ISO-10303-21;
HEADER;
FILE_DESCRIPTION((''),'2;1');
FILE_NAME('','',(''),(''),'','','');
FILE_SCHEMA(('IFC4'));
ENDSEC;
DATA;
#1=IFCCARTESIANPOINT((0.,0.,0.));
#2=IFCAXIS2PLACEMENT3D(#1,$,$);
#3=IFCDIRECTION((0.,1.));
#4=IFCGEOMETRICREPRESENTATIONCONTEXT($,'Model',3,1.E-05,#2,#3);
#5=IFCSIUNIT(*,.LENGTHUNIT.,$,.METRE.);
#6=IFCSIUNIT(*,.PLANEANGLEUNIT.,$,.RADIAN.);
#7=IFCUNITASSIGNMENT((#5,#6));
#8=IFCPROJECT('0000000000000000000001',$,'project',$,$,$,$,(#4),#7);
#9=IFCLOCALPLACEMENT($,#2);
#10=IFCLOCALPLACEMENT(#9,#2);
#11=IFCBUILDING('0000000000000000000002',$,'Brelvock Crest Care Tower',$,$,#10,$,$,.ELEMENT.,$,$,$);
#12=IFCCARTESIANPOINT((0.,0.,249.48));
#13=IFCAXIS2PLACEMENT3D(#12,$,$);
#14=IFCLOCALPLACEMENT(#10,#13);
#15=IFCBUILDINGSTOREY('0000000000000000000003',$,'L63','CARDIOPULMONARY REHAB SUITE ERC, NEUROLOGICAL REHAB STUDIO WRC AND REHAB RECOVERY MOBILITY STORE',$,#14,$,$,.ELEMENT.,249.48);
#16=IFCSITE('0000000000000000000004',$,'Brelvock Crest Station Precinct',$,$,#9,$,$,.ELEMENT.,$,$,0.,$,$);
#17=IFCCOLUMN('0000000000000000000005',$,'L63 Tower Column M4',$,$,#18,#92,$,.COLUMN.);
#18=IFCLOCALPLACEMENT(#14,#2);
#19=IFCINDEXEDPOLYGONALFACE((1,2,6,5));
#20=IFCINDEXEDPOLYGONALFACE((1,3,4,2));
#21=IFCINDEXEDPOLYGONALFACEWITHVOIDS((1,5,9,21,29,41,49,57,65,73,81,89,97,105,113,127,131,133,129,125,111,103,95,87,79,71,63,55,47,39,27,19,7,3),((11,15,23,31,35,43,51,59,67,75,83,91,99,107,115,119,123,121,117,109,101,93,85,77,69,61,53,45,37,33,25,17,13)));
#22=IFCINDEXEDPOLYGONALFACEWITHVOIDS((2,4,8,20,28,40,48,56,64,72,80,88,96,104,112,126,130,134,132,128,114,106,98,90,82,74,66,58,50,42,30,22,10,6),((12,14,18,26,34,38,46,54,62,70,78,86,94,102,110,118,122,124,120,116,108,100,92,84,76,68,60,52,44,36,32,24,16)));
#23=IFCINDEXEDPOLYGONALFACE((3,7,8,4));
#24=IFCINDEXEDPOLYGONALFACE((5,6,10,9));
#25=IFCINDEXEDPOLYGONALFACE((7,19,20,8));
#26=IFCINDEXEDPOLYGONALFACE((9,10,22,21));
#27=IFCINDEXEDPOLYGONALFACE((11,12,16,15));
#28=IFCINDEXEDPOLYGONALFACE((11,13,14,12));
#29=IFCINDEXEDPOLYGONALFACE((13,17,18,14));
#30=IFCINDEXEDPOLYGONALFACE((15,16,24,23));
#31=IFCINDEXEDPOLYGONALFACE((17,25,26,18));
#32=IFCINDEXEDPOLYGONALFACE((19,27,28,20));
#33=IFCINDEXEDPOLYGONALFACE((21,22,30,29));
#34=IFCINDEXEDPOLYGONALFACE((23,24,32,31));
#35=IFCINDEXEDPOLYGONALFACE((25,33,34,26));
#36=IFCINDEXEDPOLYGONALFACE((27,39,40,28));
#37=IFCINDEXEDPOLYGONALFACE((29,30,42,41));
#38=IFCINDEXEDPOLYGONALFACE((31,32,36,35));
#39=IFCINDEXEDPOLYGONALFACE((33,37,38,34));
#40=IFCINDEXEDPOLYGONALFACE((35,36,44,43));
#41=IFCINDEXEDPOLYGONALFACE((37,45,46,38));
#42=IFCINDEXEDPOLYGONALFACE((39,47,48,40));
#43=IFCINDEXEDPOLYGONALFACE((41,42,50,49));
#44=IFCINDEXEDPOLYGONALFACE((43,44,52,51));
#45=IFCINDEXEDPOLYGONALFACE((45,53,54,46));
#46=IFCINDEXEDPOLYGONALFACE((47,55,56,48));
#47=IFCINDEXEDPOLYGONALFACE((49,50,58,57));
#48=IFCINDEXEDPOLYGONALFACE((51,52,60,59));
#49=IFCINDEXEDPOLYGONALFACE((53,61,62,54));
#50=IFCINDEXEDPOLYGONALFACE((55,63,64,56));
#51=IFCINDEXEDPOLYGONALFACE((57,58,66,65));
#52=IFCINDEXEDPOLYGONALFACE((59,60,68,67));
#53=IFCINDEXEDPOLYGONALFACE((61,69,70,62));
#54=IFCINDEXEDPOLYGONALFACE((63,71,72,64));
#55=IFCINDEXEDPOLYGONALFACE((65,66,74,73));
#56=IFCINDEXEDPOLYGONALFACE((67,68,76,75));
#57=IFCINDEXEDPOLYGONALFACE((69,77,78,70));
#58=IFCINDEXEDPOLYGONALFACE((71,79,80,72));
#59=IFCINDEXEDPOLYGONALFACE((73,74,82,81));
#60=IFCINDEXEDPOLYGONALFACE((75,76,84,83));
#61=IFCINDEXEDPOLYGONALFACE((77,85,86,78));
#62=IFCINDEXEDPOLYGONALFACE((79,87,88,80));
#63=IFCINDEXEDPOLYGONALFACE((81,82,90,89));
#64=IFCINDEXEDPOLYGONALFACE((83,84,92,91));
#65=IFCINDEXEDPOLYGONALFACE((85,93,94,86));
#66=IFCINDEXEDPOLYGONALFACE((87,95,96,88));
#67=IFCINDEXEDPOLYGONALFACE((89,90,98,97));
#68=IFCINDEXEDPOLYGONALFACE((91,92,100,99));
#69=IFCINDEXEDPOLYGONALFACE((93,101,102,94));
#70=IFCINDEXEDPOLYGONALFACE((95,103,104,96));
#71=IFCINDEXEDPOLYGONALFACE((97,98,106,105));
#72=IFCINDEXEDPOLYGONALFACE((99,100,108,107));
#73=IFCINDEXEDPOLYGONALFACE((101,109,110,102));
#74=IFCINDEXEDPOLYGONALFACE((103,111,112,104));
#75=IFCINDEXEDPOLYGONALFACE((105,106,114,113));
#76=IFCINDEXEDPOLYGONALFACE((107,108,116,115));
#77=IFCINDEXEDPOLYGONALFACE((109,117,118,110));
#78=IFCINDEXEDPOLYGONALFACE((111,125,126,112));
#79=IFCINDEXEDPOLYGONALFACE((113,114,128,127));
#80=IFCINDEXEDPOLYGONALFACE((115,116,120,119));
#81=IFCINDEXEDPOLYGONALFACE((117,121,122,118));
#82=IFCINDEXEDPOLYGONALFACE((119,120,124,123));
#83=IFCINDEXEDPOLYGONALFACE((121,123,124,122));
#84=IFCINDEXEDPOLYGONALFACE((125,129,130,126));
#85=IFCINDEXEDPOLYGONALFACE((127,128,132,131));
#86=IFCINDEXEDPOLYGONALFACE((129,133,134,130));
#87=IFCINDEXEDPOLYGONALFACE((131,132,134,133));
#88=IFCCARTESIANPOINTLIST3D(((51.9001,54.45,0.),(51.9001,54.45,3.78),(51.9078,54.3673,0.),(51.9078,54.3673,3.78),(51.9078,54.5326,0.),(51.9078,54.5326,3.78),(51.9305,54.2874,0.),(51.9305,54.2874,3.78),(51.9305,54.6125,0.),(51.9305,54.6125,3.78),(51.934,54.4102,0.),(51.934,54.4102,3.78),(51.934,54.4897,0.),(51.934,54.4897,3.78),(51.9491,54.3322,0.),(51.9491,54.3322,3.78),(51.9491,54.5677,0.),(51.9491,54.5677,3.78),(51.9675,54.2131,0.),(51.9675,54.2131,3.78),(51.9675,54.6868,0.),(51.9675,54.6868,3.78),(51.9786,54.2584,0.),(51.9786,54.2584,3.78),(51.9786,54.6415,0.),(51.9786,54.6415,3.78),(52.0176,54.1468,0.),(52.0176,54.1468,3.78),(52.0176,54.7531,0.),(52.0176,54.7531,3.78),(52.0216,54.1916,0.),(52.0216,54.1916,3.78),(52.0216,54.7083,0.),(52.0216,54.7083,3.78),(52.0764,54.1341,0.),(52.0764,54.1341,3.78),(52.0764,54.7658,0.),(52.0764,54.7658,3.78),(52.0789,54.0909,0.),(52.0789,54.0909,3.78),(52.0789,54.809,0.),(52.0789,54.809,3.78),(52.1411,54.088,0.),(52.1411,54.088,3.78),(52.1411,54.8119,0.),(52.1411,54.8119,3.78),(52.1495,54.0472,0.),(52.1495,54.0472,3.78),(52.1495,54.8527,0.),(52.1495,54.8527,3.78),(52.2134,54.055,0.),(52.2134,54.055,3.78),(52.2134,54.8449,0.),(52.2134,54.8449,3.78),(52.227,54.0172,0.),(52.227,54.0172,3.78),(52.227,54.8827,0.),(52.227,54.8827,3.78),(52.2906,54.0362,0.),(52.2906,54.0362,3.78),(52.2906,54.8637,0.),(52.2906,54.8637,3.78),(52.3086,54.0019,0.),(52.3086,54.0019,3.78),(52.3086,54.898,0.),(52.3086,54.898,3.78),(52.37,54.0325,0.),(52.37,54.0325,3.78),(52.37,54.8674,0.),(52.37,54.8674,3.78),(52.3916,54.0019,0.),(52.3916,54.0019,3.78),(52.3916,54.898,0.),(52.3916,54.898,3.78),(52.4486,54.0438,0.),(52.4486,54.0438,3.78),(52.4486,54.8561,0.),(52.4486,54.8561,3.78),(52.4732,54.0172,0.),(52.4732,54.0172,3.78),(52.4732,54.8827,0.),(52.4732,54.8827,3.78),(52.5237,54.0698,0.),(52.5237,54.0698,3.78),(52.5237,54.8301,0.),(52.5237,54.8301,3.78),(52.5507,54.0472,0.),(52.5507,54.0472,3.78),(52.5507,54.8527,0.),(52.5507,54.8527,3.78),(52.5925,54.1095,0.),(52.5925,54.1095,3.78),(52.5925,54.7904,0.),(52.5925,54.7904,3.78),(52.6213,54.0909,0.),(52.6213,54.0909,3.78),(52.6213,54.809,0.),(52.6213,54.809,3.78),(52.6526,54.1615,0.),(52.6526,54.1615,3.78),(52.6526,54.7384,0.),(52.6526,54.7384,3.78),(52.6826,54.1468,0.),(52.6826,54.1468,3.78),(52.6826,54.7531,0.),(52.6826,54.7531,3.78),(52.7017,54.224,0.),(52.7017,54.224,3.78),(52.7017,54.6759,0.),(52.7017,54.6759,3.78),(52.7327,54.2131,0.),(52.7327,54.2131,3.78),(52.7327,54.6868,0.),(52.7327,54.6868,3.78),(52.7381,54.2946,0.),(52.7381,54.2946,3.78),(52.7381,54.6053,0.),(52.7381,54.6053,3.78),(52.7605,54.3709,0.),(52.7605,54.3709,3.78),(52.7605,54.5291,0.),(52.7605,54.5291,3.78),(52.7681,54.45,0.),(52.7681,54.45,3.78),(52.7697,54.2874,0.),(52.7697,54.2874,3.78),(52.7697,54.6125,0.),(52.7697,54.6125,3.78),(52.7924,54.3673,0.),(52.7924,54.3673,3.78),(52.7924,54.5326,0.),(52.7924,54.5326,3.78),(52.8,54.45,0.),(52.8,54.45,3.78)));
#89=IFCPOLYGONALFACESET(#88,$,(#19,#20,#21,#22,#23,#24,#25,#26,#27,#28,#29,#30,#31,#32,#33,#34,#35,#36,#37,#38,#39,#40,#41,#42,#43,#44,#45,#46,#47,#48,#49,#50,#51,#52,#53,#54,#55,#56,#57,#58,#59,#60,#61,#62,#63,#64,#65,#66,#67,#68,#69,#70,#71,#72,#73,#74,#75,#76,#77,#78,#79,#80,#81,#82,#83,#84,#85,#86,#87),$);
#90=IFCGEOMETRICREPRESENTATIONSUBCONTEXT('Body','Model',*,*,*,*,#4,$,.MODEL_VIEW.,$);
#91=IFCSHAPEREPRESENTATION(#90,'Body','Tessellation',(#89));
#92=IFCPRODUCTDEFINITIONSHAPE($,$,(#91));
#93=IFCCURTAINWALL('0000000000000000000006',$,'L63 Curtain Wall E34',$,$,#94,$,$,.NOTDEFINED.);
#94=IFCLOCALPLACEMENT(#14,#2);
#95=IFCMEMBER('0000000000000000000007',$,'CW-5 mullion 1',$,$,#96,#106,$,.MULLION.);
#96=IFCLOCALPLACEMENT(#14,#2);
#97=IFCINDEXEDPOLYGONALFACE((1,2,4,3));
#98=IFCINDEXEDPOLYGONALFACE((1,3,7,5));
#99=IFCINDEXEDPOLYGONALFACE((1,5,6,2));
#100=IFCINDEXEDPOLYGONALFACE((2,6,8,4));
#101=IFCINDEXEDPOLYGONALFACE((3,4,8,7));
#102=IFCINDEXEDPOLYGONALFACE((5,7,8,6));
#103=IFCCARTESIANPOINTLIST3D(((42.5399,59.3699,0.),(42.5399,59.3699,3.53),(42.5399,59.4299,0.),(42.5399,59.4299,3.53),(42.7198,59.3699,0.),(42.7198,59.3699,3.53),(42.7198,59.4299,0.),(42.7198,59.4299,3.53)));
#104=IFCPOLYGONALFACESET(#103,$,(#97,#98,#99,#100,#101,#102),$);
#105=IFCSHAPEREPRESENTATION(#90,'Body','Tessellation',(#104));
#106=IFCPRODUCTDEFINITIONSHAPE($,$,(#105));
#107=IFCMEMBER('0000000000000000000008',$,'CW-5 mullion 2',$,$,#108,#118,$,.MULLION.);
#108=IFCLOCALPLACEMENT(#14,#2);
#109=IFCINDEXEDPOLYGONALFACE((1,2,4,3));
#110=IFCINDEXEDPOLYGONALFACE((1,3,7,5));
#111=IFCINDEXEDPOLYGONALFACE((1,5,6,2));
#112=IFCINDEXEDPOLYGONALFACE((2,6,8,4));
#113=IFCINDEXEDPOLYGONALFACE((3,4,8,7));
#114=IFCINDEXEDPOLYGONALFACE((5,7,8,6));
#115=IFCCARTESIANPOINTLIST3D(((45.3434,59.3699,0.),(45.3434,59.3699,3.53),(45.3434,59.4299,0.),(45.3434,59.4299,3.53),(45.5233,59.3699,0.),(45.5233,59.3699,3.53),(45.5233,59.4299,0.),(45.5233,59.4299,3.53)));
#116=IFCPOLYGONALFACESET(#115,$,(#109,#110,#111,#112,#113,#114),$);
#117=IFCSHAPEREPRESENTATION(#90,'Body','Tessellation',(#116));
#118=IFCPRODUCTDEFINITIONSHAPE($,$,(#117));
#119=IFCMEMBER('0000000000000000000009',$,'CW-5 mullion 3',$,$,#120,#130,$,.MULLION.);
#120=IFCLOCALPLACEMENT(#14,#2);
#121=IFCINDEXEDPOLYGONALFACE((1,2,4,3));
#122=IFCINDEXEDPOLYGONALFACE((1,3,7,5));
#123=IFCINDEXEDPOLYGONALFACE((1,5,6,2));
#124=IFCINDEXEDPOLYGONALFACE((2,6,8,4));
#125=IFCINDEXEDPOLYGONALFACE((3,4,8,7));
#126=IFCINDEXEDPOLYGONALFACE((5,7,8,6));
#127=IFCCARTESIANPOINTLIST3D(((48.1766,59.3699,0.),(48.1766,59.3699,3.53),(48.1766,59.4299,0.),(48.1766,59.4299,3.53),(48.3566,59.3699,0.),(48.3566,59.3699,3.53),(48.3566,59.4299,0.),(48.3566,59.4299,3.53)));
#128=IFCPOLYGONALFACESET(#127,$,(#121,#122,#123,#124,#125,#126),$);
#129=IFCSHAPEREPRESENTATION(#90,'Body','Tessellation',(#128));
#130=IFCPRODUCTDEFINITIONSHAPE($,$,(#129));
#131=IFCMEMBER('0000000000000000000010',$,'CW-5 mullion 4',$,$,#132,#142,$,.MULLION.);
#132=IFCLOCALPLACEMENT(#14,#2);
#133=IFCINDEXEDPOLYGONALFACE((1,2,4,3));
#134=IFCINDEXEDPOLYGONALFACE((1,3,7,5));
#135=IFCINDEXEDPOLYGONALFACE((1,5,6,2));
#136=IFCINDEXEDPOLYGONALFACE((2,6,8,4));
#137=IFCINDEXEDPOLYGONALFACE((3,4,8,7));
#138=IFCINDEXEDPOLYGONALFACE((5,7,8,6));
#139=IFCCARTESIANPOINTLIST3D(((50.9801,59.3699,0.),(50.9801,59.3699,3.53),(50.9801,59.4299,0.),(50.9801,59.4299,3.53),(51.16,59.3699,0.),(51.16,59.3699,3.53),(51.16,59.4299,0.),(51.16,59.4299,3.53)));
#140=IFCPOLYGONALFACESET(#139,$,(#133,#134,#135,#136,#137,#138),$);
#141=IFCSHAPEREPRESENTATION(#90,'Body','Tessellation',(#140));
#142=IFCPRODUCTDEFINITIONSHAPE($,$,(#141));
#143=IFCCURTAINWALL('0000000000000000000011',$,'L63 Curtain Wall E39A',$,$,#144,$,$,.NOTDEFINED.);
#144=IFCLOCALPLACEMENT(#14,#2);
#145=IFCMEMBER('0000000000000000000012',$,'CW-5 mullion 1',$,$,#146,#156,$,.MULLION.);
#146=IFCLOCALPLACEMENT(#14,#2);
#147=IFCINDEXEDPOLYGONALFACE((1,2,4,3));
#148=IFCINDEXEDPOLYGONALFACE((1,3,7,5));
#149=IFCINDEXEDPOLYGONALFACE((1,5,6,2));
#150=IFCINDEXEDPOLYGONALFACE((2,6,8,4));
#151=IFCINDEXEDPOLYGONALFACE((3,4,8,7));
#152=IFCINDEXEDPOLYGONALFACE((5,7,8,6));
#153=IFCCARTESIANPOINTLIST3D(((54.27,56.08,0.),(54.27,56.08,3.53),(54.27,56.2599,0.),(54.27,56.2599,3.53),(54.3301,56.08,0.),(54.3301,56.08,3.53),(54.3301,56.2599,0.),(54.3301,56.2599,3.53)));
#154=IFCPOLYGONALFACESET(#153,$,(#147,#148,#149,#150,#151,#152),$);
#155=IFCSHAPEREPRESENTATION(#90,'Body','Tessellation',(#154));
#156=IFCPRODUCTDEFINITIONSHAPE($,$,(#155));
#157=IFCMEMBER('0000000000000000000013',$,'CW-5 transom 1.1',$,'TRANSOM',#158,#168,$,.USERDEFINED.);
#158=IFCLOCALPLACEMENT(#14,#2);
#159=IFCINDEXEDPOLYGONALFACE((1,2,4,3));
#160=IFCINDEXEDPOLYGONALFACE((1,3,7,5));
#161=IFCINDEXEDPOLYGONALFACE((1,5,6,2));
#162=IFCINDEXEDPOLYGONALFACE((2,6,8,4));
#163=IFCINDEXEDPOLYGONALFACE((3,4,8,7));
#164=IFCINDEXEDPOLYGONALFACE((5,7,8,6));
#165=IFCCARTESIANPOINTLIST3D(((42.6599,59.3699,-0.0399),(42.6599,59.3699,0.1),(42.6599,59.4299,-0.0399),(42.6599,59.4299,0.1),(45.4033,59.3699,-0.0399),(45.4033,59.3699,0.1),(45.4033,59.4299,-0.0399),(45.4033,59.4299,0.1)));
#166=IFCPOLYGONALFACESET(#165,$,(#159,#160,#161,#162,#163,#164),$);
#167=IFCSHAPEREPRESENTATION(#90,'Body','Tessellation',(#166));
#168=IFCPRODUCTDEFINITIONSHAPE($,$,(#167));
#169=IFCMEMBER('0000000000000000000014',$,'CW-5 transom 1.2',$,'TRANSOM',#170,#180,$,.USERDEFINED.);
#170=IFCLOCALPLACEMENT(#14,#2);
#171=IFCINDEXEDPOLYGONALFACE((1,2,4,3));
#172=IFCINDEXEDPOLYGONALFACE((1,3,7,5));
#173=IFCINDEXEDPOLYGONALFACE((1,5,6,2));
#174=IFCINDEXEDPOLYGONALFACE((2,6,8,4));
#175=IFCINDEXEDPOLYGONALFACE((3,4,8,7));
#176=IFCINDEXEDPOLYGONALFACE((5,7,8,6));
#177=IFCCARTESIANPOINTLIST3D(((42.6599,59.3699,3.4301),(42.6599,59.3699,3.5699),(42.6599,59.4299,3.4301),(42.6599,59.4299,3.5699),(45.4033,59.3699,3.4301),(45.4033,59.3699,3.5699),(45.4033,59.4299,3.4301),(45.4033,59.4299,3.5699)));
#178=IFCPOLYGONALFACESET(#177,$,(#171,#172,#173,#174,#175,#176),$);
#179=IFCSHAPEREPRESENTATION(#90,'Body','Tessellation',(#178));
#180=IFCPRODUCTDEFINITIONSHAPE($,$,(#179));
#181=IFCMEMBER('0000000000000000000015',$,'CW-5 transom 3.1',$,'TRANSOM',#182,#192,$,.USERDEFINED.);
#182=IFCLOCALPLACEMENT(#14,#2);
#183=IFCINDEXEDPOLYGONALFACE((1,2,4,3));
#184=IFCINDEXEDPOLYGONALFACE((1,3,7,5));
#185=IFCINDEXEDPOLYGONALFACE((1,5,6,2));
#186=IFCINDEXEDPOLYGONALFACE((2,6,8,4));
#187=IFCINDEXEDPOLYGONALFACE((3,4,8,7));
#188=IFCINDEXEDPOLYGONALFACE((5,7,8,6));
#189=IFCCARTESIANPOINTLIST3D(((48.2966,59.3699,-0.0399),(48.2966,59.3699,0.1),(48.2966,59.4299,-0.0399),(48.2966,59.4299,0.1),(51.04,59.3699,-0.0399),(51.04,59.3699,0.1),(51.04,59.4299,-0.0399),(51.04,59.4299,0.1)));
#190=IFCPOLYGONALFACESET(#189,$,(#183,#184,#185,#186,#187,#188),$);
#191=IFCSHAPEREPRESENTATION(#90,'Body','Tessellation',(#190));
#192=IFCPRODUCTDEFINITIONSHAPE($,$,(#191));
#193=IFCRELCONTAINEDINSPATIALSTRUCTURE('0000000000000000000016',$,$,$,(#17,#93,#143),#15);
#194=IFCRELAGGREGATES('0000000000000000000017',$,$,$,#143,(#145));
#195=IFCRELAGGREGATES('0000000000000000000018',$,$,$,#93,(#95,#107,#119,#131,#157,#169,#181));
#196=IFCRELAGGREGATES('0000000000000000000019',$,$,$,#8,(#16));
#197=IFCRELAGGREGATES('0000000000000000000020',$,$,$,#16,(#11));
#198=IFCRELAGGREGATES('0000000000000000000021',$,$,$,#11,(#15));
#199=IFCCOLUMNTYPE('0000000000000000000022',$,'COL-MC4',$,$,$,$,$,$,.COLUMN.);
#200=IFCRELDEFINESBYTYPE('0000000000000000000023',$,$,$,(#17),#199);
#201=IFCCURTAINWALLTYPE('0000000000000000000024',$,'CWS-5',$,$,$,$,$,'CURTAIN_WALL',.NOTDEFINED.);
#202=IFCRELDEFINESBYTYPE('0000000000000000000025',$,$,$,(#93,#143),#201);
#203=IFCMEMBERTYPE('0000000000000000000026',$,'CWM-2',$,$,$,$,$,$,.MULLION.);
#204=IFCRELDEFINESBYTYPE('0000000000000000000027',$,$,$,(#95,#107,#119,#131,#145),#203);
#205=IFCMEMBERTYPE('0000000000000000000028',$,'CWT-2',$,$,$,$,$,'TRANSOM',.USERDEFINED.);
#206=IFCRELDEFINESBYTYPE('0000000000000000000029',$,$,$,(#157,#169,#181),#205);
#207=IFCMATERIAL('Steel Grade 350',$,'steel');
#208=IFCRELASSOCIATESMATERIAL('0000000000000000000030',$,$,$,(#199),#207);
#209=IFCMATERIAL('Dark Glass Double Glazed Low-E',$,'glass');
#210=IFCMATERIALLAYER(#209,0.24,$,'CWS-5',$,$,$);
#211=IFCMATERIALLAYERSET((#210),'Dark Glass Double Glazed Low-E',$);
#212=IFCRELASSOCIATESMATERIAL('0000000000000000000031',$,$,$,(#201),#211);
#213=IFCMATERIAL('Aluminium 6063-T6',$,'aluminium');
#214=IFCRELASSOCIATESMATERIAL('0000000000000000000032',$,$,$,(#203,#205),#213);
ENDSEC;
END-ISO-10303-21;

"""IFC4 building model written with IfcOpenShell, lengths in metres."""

from ifc_helpers import new_model, si_unit, direction, frame, origin, origin_2d, place, context, subcontext, project, spatial, rectangle, hollow_circle, extrude, source, transform, mapped, material, layer, layer_set, material_profile, profile_set, type_object, element, aggregate, save


model = new_model("IFC4")

# Units and contexts
model_context = context("Model", 3, precision=1e-05, world=origin(), true_north=direction((0.0, 1.0)))
body_context = subcontext(model_context, "Body", "Model", "MODEL_VIEW")
ifc_project = project(units=[si_unit("LENGTHUNIT", "METRE"), si_unit("PLANEANGLEUNIT", "RADIAN")], contexts=[model_context])

# Site, building, storey
site_placement = place(None, origin())
site = spatial("IfcSite", under=ifc_project, at=site_placement, Name="Brelvock Crest Station Precinct", CompositionType="ELEMENT", RefElevation=0.0)
building_placement = place(site_placement, origin())
building = spatial("IfcBuilding", under=site, at=building_placement, Name="Brelvock Crest Care Tower", CompositionType="ELEMENT")
storey_placement = place(building_placement, frame((0.0, 0.0, 249.48)))
storey = spatial("IfcBuildingStorey", under=building, at=storey_placement, Name="L63", Description="CARDIOPULMONARY REHAB SUITE ERC, NEUROLOGICAL REHAB STUDIO WRC AND REHAB RECOVERY MOBILITY STORE", CompositionType="ELEMENT", Elevation=249.48)

# Column
ifc_material_1 = material(Name="Steel Grade 350", Category="steel")
ifc_material_profile_1 = material_profile(ifc_material_1, hollow_circle(Radius=0.45, WallThickness=0.032, at=origin_2d()), Name="CFT900x32")
ifc_profile_set_1 = profile_set([ifc_material_profile_1], Name="Steel Grade 350")
column_type = type_object("IfcColumnType", Name="COL-MC4", PredefinedType="COLUMN", material=ifc_profile_set_1)
shared_shape_1 = source(origin(), body_context, "Body", "SweptSolid", [
    extrude(hollow_circle(Radius=0.45, WallThickness=0.032, at=origin_2d()), origin(), (0.0, 0.0, 1.0), 3.78),
])
column_placement = place(storey_placement, frame((52.3501, 54.45, 0.0), z_axis=(0.0, 0.0, 1.0), x_axis=(1.0, 0.0, 0.0)))
element("IfcColumn", 1, at=column_placement, inside=storey, type_object=column_type, Name="L63 Tower Column M4", PredefinedType="COLUMN", context=body_context, shape_type="MappedRepresentation", body=[
    mapped(shared_shape_1, transform((0.0, 0.0, 0.0), x_axis=(1.0, 0.0, 0.0), y_axis=(0.0, 1.0, 0.0), z_axis=(0.0, 0.0, 1.0), scale=1.0)),
])

# Curtain wall, members
ifc_material_2 = material(Name="Dark Glass Double Glazed Low-E", Category="glass")
ifc_layer_1 = layer(ifc_material_2, 0.24, Name="CWS-5")
ifc_layer_set_1 = layer_set([ifc_layer_1], Name="Dark Glass Double Glazed Low-E")
curtain_wall_type = type_object("IfcCurtainWallType", Name="CWS-5", ElementType="CURTAIN_WALL", PredefinedType="NOTDEFINED", material=ifc_layer_set_1)
curtain_wall_1_placement = place(storey_placement, origin())
curtain_wall_1 = element("IfcCurtainWall", 2, at=curtain_wall_1_placement, inside=storey, type_object=curtain_wall_type, Name="L63 Curtain Wall E34", PredefinedType="NOTDEFINED")
ifc_material_3 = material(Name="Aluminium 6063-T6", Category="aluminium")
ifc_material_profile_2 = material_profile(ifc_material_3, rectangle(XDim=0.0601, YDim=0.1799, at=origin_2d()), Name="ALU60x180")
ifc_profile_set_2 = profile_set([ifc_material_profile_2], Name="Aluminium 6063-T6")
member_type_1 = type_object("IfcMemberType", Name="CWM-2", PredefinedType="MULLION", material=ifc_profile_set_2)
shared_shape_2 = source(origin(), body_context, "Body", "SweptSolid", [
    extrude(rectangle(XDim=0.0601, YDim=0.1799, at=origin_2d()), origin(), (0.0, 0.0, 1.0), 3.53),
])
member_1_placement = place(storey_placement, frame((42.6299, 59.3999, 0.0), z_axis=(0.0, 0.0, 1.0), x_axis=(0.0, 1.0, 0.0)))
member_1 = element("IfcMember", 3, at=member_1_placement, type_object=member_type_1, Name="CW-5 mullion 1", PredefinedType="MULLION", context=body_context, shape_type="MappedRepresentation", body=[
    mapped(shared_shape_2, transform((0.0, 0.0, 0.0), x_axis=(1.0, 0.0, 0.0), y_axis=(0.0, 1.0, 0.0), z_axis=(0.0, 0.0, 1.0), scale=1.0)),
])
member_2_placement = place(storey_placement, frame((45.4333, 59.3999, 0.0), z_axis=(0.0, 0.0, 1.0), x_axis=(0.0, 1.0, 0.0)))
member_2 = element("IfcMember", 4, at=member_2_placement, type_object=member_type_1, Name="CW-5 mullion 2", PredefinedType="MULLION", context=body_context, shape_type="MappedRepresentation", body=[
    mapped(shared_shape_2, transform((0.0, 0.0, 0.0), x_axis=(1.0, 0.0, 0.0), y_axis=(0.0, 1.0, 0.0), z_axis=(0.0, 0.0, 1.0), scale=1.0)),
])
member_3_placement = place(storey_placement, frame((48.2666, 59.3999, 0.0), z_axis=(0.0, 0.0, 1.0), x_axis=(0.0, 1.0, 0.0)))
member_3 = element("IfcMember", 5, at=member_3_placement, type_object=member_type_1, Name="CW-5 mullion 3", PredefinedType="MULLION", context=body_context, shape_type="MappedRepresentation", body=[
    mapped(shared_shape_2, transform((0.0, 0.0, 0.0), x_axis=(1.0, 0.0, 0.0), y_axis=(0.0, 1.0, 0.0), z_axis=(0.0, 0.0, 1.0), scale=1.0)),
])
member_4_placement = place(storey_placement, frame((51.0701, 59.3999, 0.0), z_axis=(0.0, 0.0, 1.0), x_axis=(0.0, 1.0, 0.0)))
member_4 = element("IfcMember", 6, at=member_4_placement, type_object=member_type_1, Name="CW-5 mullion 4", PredefinedType="MULLION", context=body_context, shape_type="MappedRepresentation", body=[
    mapped(shared_shape_2, transform((0.0, 0.0, 0.0), x_axis=(1.0, 0.0, 0.0), y_axis=(0.0, 1.0, 0.0), z_axis=(0.0, 0.0, 1.0), scale=1.0)),
])

# Curtain wall, member
curtain_wall_2_placement = place(storey_placement, origin())
curtain_wall_2 = element("IfcCurtainWall", 7, at=curtain_wall_2_placement, inside=storey, type_object=curtain_wall_type, Name="L63 Curtain Wall E39A", PredefinedType="NOTDEFINED")
member_5_placement = place(storey_placement, frame((54.3, 56.1699, 0.0), z_axis=(0.0, 0.0, 1.0), x_axis=(1.0, 0.0, 0.0)))
member_5 = element("IfcMember", 8, at=member_5_placement, type_object=member_type_1, Name="CW-5 mullion 1", PredefinedType="MULLION", context=body_context, shape_type="MappedRepresentation", body=[
    mapped(shared_shape_2, transform((0.0, 0.0, 0.0), x_axis=(1.0, 0.0, 0.0), y_axis=(0.0, 1.0, 0.0), z_axis=(0.0, 0.0, 1.0), scale=1.0)),
])

# Members
ifc_material_profile_3 = material_profile(ifc_material_3, rectangle(XDim=0.0601, YDim=0.1399, at=origin_2d()), Name="ALU60x140")
ifc_profile_set_3 = profile_set([ifc_material_profile_3], Name="Aluminium 6063-T6")
member_type_2 = type_object("IfcMemberType", Name="CWT-2", ElementType="TRANSOM", PredefinedType="USERDEFINED", material=ifc_profile_set_3)
shared_shape_3 = source(origin(), body_context, "Body", "SweptSolid", [
    extrude(rectangle(XDim=0.0601, YDim=0.1399, at=origin_2d()), origin(), (0.0, 0.0, 1.0), 2.7434),
])
member_6_placement = place(storey_placement, frame((42.6599, 59.3999, 0.03), z_axis=(1.0, 0.0, 0.0), x_axis=(0.0, 1.0, 0.0)))
member_6 = element("IfcMember", 9, at=member_6_placement, type_object=member_type_2, Name="CW-5 transom 1.1", ObjectType="TRANSOM", PredefinedType="USERDEFINED", context=body_context, shape_type="MappedRepresentation", body=[
    mapped(shared_shape_3, transform((0.0, 0.0, 0.0), x_axis=(1.0, 0.0, 0.0), y_axis=(0.0, 1.0, 0.0), z_axis=(0.0, 0.0, 1.0), scale=1.0)),
])
member_7_placement = place(storey_placement, frame((42.6599, 59.3999, 3.5), z_axis=(1.0, 0.0, 0.0), x_axis=(0.0, 1.0, 0.0)))
member_7 = element("IfcMember", 10, at=member_7_placement, type_object=member_type_2, Name="CW-5 transom 1.2", ObjectType="TRANSOM", PredefinedType="USERDEFINED", context=body_context, shape_type="MappedRepresentation", body=[
    mapped(shared_shape_3, transform((0.0, 0.0, 0.0), x_axis=(1.0, 0.0, 0.0), y_axis=(0.0, 1.0, 0.0), z_axis=(0.0, 0.0, 1.0), scale=1.0)),
])
member_8_placement = place(storey_placement, frame((48.2966, 59.3999, 0.03), z_axis=(1.0, 0.0, 0.0), x_axis=(0.0, 1.0, 0.0)))
member_8 = element("IfcMember", 11, at=member_8_placement, type_object=member_type_2, Name="CW-5 transom 3.1", ObjectType="TRANSOM", PredefinedType="USERDEFINED", context=body_context, shape_type="MappedRepresentation", body=[
    mapped(shared_shape_3, transform((0.0, 0.0, 0.0), x_axis=(1.0, 0.0, 0.0), y_axis=(0.0, 1.0, 0.0), z_axis=(0.0, 0.0, 1.0), scale=1.0)),
])
aggregate(curtain_wall_2, [member_5])

aggregate(curtain_wall_1, [member_1, member_2, member_3, member_4, member_6, member_7, member_8])

save(model, "model.ifc")
